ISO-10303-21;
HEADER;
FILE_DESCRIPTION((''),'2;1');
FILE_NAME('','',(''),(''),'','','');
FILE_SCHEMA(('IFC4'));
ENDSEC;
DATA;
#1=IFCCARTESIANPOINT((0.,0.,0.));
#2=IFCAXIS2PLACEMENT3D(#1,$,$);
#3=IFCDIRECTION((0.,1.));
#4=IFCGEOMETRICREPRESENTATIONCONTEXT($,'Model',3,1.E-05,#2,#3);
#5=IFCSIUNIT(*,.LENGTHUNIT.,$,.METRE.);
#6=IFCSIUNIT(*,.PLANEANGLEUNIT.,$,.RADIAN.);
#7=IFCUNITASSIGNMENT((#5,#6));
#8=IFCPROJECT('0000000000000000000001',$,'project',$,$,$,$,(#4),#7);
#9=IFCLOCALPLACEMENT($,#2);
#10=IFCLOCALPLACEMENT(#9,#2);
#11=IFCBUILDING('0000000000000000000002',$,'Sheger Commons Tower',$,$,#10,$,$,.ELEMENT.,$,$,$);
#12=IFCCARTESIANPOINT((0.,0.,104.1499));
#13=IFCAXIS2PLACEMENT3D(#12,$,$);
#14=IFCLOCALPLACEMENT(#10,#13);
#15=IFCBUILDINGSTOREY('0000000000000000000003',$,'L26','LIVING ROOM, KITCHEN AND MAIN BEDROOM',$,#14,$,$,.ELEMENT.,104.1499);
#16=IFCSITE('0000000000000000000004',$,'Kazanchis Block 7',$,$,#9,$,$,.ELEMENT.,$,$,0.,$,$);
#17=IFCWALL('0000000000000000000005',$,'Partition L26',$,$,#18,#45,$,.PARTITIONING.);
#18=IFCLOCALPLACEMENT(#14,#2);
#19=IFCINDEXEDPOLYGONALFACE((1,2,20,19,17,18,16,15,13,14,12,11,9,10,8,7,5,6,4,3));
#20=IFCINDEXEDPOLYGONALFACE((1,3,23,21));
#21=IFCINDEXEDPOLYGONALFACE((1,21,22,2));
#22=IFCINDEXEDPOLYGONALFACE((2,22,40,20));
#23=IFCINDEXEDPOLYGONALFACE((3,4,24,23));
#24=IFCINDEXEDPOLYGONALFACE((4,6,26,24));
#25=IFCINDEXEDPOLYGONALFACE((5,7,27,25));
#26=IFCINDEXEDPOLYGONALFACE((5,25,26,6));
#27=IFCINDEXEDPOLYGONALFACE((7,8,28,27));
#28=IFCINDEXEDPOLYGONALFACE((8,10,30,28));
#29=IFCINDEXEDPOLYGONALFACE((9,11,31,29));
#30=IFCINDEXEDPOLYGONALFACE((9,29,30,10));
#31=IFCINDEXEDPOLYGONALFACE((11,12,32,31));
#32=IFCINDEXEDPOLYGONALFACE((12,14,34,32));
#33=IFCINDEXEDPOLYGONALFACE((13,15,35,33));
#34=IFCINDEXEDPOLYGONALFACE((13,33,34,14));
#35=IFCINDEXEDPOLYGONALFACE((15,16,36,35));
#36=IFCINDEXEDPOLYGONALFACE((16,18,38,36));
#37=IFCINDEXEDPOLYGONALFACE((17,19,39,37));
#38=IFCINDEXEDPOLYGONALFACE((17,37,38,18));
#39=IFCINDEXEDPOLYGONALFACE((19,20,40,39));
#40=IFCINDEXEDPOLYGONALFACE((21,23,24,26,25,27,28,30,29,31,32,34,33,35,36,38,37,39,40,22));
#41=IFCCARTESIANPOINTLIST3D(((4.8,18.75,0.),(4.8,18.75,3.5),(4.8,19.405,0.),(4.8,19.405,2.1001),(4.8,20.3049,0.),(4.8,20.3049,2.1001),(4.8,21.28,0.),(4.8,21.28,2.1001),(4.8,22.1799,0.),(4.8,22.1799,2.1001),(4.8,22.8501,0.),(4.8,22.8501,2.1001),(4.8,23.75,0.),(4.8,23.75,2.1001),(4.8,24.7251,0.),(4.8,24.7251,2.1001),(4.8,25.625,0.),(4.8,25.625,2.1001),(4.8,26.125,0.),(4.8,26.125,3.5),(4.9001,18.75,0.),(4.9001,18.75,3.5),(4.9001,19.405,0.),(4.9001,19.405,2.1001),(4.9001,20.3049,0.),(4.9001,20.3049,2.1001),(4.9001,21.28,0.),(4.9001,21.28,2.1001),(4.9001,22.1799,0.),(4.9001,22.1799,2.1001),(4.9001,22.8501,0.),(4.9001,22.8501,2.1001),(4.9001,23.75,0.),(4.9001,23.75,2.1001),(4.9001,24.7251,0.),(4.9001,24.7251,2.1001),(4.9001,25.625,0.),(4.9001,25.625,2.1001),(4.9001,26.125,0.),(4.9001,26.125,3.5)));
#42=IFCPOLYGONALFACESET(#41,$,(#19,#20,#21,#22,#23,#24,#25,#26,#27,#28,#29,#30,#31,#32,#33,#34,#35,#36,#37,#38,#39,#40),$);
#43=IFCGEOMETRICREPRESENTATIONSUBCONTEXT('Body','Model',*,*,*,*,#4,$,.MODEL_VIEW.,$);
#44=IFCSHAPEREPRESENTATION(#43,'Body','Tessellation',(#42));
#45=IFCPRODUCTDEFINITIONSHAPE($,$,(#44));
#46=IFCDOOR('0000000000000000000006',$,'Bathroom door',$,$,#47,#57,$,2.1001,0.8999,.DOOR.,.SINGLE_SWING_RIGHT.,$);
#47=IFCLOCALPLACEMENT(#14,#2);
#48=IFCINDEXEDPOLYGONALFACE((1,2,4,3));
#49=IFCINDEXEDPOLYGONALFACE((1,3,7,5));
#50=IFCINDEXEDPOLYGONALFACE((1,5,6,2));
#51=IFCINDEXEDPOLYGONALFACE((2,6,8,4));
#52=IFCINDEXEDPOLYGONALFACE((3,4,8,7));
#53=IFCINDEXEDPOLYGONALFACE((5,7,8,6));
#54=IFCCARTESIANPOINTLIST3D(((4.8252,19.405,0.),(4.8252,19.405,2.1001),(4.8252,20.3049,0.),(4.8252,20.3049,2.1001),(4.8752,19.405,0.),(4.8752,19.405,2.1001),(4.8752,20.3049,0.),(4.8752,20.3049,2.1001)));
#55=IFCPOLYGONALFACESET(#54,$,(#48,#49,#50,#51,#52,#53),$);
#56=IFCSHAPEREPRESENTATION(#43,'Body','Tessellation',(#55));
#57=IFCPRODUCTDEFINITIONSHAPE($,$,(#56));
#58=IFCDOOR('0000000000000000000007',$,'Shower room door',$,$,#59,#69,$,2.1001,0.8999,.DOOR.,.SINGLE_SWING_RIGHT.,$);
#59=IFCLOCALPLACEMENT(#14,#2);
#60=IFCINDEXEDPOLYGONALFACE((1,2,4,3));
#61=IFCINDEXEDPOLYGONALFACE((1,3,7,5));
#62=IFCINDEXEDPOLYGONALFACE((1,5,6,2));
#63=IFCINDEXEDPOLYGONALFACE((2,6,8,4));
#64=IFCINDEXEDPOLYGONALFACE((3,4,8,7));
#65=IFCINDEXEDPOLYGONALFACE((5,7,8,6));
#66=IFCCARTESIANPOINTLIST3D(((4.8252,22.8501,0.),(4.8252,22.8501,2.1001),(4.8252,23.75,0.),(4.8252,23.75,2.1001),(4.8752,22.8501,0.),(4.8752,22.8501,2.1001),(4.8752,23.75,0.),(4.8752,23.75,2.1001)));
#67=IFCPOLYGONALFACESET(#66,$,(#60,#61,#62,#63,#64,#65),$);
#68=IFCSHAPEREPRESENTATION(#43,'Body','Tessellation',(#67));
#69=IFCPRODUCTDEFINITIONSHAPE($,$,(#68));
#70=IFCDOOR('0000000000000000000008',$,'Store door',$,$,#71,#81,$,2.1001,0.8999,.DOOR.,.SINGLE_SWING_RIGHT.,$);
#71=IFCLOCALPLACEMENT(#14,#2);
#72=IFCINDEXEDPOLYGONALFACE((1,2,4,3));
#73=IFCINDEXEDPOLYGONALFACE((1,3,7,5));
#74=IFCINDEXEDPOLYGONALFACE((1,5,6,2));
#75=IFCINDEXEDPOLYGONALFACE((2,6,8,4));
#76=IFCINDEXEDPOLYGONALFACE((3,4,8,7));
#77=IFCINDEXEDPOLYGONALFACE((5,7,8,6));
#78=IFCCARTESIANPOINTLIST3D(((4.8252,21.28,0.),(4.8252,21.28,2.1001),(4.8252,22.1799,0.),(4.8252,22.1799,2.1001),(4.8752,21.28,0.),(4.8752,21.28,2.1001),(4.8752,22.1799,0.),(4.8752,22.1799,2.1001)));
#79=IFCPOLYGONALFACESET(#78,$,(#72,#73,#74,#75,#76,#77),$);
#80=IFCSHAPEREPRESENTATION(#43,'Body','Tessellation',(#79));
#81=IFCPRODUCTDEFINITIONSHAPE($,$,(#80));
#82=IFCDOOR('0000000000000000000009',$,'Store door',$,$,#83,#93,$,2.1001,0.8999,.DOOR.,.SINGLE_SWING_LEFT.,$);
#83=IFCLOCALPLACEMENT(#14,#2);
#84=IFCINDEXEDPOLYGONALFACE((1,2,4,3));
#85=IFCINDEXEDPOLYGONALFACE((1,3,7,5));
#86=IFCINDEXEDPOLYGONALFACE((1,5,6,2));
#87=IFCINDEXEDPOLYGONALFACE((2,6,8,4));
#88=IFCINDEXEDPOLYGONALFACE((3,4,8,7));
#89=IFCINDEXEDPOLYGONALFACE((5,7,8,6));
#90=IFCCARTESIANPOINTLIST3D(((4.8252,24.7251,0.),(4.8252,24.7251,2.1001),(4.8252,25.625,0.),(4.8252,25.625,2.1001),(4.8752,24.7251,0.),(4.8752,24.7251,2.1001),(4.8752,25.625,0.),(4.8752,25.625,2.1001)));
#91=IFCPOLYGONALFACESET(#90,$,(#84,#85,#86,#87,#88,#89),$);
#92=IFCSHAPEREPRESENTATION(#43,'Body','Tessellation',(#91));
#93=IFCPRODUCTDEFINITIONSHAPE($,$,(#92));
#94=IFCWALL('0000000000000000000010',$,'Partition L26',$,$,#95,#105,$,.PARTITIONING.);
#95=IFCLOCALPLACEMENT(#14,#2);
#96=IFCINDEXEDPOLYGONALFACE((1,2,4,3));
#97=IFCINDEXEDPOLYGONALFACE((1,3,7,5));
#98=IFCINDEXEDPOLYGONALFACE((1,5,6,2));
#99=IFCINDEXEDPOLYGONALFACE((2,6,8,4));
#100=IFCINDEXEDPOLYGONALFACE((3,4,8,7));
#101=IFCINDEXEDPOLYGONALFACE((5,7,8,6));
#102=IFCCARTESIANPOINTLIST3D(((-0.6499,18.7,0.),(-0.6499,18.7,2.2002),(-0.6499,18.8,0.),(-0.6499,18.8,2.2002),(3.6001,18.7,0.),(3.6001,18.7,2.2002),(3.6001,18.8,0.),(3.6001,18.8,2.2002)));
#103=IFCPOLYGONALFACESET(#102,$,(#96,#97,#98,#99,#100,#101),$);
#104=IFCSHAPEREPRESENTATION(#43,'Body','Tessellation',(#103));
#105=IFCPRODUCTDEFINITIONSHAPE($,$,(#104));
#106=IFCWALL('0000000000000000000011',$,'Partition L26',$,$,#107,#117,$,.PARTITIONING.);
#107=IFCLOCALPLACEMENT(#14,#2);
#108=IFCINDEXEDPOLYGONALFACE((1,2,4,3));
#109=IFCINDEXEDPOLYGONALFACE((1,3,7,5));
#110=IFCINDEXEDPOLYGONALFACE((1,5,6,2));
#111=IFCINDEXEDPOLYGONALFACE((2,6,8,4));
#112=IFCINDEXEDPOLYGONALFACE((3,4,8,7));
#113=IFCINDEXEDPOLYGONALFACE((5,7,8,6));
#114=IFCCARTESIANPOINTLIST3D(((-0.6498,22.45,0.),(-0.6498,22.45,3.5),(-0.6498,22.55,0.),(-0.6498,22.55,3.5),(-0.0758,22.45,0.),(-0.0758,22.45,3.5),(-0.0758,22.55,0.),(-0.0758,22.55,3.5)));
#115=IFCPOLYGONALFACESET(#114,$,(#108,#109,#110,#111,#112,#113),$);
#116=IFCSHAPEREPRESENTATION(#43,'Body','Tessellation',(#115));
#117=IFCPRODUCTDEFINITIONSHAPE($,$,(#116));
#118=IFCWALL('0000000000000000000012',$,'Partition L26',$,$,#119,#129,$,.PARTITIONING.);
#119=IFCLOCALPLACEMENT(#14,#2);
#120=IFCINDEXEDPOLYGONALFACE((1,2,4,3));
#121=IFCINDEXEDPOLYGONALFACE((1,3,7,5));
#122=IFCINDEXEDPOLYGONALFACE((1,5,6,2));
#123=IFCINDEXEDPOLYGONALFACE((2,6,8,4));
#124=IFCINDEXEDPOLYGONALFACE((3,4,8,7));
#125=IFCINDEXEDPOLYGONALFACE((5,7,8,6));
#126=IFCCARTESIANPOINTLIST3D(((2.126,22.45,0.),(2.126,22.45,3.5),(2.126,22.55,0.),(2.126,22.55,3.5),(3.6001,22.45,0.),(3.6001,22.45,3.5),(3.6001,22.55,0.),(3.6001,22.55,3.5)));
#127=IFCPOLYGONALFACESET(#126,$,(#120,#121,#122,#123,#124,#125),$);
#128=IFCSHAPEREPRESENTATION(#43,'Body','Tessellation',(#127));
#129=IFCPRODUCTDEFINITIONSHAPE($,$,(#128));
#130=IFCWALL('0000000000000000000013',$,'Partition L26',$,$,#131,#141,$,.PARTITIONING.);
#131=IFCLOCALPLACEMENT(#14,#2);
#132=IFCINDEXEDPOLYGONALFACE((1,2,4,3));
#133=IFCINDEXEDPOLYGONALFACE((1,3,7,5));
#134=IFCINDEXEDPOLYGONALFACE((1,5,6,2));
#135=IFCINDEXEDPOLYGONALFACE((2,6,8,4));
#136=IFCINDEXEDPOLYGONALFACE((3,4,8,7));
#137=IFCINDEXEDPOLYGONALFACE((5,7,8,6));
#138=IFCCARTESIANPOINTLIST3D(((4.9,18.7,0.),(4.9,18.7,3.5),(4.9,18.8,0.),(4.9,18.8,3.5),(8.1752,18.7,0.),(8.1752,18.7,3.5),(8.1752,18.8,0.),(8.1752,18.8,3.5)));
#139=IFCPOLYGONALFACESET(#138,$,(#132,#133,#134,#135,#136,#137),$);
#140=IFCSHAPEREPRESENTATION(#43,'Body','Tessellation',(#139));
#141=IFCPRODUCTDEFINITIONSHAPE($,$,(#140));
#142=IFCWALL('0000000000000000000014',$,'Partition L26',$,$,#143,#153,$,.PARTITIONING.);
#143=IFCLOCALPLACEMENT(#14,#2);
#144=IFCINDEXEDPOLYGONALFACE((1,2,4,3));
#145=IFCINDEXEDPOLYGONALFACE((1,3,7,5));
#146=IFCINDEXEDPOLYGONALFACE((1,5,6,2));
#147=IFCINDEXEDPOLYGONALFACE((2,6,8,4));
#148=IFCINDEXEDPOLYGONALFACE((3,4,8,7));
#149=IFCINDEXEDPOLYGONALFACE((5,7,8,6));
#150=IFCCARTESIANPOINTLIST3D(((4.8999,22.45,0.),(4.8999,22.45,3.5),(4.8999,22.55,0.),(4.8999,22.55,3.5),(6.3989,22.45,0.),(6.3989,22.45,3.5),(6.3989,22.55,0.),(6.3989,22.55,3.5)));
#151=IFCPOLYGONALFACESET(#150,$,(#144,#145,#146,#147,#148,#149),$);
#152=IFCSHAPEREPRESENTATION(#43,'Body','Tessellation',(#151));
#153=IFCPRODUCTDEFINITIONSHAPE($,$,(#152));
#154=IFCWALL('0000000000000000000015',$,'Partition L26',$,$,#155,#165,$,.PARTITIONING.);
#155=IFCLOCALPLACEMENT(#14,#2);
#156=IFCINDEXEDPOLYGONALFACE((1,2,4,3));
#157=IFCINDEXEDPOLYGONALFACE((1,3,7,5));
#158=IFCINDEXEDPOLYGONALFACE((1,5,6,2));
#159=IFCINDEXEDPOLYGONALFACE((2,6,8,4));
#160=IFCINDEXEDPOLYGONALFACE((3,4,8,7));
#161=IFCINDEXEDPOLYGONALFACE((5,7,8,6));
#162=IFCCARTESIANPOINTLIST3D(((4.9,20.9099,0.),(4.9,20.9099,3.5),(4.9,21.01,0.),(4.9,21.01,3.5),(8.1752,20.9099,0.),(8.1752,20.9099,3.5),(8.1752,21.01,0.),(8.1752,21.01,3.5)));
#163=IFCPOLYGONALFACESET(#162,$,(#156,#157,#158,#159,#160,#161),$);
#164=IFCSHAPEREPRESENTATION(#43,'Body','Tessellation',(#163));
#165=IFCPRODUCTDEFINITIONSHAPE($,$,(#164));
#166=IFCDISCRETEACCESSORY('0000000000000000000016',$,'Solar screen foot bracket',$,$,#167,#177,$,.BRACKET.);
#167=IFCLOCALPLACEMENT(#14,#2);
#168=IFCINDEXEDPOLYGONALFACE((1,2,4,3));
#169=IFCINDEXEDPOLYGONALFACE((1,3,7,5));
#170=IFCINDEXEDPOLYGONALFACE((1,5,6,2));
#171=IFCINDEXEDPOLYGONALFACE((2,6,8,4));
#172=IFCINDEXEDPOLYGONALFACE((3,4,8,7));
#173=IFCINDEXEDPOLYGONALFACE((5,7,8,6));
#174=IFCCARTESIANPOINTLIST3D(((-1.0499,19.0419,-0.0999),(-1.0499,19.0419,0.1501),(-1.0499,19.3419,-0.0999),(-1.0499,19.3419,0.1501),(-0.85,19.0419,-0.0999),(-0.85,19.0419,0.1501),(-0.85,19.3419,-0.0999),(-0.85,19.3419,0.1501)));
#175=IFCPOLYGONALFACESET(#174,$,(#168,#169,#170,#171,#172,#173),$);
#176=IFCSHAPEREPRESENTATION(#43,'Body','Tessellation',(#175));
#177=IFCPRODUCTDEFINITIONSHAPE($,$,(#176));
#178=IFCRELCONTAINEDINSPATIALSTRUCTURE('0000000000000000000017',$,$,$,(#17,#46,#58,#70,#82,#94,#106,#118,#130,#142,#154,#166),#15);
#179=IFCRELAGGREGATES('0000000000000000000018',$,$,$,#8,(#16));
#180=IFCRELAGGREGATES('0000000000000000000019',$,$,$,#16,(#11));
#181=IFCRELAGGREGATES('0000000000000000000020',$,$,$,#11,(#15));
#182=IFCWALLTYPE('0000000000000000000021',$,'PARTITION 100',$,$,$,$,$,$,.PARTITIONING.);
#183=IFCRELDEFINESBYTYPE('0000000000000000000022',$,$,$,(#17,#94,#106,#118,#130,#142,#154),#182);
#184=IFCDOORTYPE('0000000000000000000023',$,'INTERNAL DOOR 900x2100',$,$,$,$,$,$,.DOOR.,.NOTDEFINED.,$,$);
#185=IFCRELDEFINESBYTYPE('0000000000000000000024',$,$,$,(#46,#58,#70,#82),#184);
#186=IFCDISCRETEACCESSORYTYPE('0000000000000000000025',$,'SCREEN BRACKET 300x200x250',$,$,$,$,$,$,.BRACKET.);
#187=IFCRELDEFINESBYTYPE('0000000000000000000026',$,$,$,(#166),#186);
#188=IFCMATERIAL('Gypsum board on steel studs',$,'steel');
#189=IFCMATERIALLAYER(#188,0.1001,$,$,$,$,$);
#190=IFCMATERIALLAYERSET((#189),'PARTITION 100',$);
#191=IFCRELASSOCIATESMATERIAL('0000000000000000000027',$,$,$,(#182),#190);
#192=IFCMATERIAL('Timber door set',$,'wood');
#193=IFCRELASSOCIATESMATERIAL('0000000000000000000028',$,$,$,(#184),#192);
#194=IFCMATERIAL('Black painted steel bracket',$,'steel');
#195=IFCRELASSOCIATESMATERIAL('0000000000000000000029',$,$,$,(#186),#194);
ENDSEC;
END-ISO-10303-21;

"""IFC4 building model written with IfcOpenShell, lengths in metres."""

from ifc_helpers import new_model, si_unit, direction, frame, frame_2d, origin, origin_2d, place, context, subcontext, project, spatial, rectangle, extrude, material, layer, layer_set, type_object, element, fill, save


model = new_model("IFC4")

# Units and contexts
model_context = context("Model", 3, precision=1e-05, world=origin(), true_north=direction((0.0, 1.0)))
body_context = subcontext(model_context, "Body", "Model", "MODEL_VIEW")
ifc_project = project(units=[si_unit("LENGTHUNIT", "METRE"), si_unit("PLANEANGLEUNIT", "RADIAN")], contexts=[model_context])

# Site, building, storey
site_placement = place(None, origin())
site = spatial("IfcSite", under=ifc_project, at=site_placement, Name="Kazanchis Block 7", CompositionType="ELEMENT", RefElevation=0.0)
building_placement = place(site_placement, origin())
building = spatial("IfcBuilding", under=site, at=building_placement, Name="Sheger Commons Tower", CompositionType="ELEMENT")
storey_placement = place(building_placement, frame((0.0, 0.0, 104.1499)))
storey = spatial("IfcBuildingStorey", under=building, at=storey_placement, Name="L26", Description="LIVING ROOM, KITCHEN AND MAIN BEDROOM", CompositionType="ELEMENT", Elevation=104.1499)

# Wall, openings, doors
ifc_material_1 = material(Name="Gypsum board on steel studs", Category="steel")
ifc_layer_1 = layer(ifc_material_1, 0.1001)
ifc_layer_set_1 = layer_set([ifc_layer_1], Name="PARTITION 100")
wall_type = type_object("IfcWallType", Name="PARTITION 100", PredefinedType="PARTITIONING", material=ifc_layer_set_1)
ifc_material_2 = material(Name="Timber door set", Category="wood")
door_type = type_object("IfcDoorType", Name="INTERNAL DOOR 900x2100", OperationType="NOTDEFINED", PredefinedType="DOOR", material=ifc_material_2)
wall_1_placement = place(storey_placement, frame((4.8501, 18.75, 0.0), z_axis=(0.0, 0.0, 1.0), x_axis=(0.0, 1.0, 0.0)))
wall_1 = element("IfcWall", 1, at=wall_1_placement, inside=storey, type_object=wall_type, Name="Partition L26", PredefinedType="PARTITIONING", context=body_context, shape_type="SweptSolid", body=[
    extrude(rectangle(XDim=7.375, YDim=0.1001, at=frame_2d((3.6875, 0.0))), origin(), (0.0, 0.0, 1.0), 3.5),
])
opening_1_placement = place(wall_1_placement, frame((0.655, 0.0, 0.0)))
opening_1 = element("IfcOpeningElement", 2, at=opening_1_placement, cuts=wall_1, PredefinedType="OPENING", context=body_context, shape_type="SweptSolid", body=[
    extrude(rectangle(XDim=0.8999, YDim=2.1001, at=frame_2d((0.45, 1.05))), frame((0.0, 0.0601, 0.0), z_axis=(0.0, -1.0, 0.0), x_axis=(1.0, 0.0, 0.0)), (0.0, 0.0, 1.0), 0.1201),
])
opening_2_placement = place(wall_1_placement, frame((4.1001, 0.0, 0.0)))
opening_2 = element("IfcOpeningElement", 3, at=opening_2_placement, cuts=wall_1, PredefinedType="OPENING", context=body_context, shape_type="SweptSolid", body=[
    extrude(rectangle(XDim=0.8999, YDim=2.1001, at=frame_2d((0.45, 1.05))), frame((0.0, 0.0601, 0.0), z_axis=(0.0, -1.0, 0.0), x_axis=(1.0, 0.0, 0.0)), (0.0, 0.0, 1.0), 0.1201),
])
opening_3_placement = place(wall_1_placement, frame((2.53, 0.0, 0.0)))
opening_3 = element("IfcOpeningElement", 4, at=opening_3_placement, cuts=wall_1, PredefinedType="OPENING", context=body_context, shape_type="SweptSolid", body=[
    extrude(rectangle(XDim=0.8999, YDim=2.1001, at=frame_2d((0.45, 1.05))), frame((0.0, 0.0601, 0.0), z_axis=(0.0, -1.0, 0.0), x_axis=(1.0, 0.0, 0.0)), (0.0, 0.0, 1.0), 0.1201),
])
opening_4_placement = place(wall_1_placement, frame((5.9751, 0.0, 0.0)))
opening_4 = element("IfcOpeningElement", 5, at=opening_4_placement, cuts=wall_1, PredefinedType="OPENING", context=body_context, shape_type="SweptSolid", body=[
    extrude(rectangle(XDim=0.8999, YDim=2.1001, at=frame_2d((0.45, 1.05))), frame((0.0, 0.0601, 0.0), z_axis=(0.0, -1.0, 0.0), x_axis=(1.0, 0.0, 0.0)), (0.0, 0.0, 1.0), 0.1201),
])
door_1_placement = place(opening_1_placement, origin())
door_1 = element("IfcDoor", 6, at=door_1_placement, inside=storey, type_object=door_type, Name="Bathroom door", OperationType="SINGLE_SWING_RIGHT", OverallHeight=2.1001, OverallWidth=0.8999, PredefinedType="DOOR", context=body_context, shape_type="SweptSolid", body=[
    extrude(rectangle(XDim=0.8999, YDim=2.1001, at=frame_2d((0.45, 1.05))), frame((0.0, 0.0249, 0.0), z_axis=(0.0, -1.0, 0.0), x_axis=(1.0, 0.0, 0.0)), (0.0, 0.0, 1.0), 0.05),
])
fill(opening_1, door_1)
door_2_placement = place(opening_2_placement, origin())
door_2 = element("IfcDoor", 7, at=door_2_placement, inside=storey, type_object=door_type, Name="Shower room door", OperationType="SINGLE_SWING_RIGHT", OverallHeight=2.1001, OverallWidth=0.8999, PredefinedType="DOOR", context=body_context, shape_type="SweptSolid", body=[
    extrude(rectangle(XDim=0.8999, YDim=2.1001, at=frame_2d((0.45, 1.05))), frame((0.0, 0.0249, 0.0), z_axis=(0.0, -1.0, 0.0), x_axis=(1.0, 0.0, 0.0)), (0.0, 0.0, 1.0), 0.05),
])
fill(opening_2, door_2)
door_3_placement = place(opening_3_placement, origin())
door_3 = element("IfcDoor", 8, at=door_3_placement, inside=storey, type_object=door_type, Name="Store door", OperationType="SINGLE_SWING_RIGHT", OverallHeight=2.1001, OverallWidth=0.8999, PredefinedType="DOOR", context=body_context, shape_type="SweptSolid", body=[
    extrude(rectangle(XDim=0.8999, YDim=2.1001, at=frame_2d((0.45, 1.05))), frame((0.0, 0.0249, 0.0), z_axis=(0.0, -1.0, 0.0), x_axis=(1.0, 0.0, 0.0)), (0.0, 0.0, 1.0), 0.05),
])
fill(opening_3, door_3)
door_4_placement = place(opening_4_placement, origin())
door_4 = element("IfcDoor", 9, at=door_4_placement, inside=storey, type_object=door_type, Name="Store door", OperationType="SINGLE_SWING_LEFT", OverallHeight=2.1001, OverallWidth=0.8999, PredefinedType="DOOR", context=body_context, shape_type="SweptSolid", body=[
    extrude(rectangle(XDim=0.8999, YDim=2.1001, at=frame_2d((0.45, 1.05))), frame((0.0, 0.0249, 0.0), z_axis=(0.0, -1.0, 0.0), x_axis=(1.0, 0.0, 0.0)), (0.0, 0.0, 1.0), 0.05),
])
fill(opening_4, door_4)

# Walls
wall_2_placement = place(storey_placement, frame((-0.6499, 18.75, 0.0), z_axis=(0.0, 0.0, 1.0), x_axis=(1.0, 0.0, 0.0)))
element("IfcWall", 10, at=wall_2_placement, inside=storey, type_object=wall_type, Name="Partition L26", PredefinedType="PARTITIONING", context=body_context, shape_type="SweptSolid", body=[
    extrude(rectangle(XDim=4.25, YDim=0.1001, at=frame_2d((2.125, 0.0))), origin(), (0.0, 0.0, 1.0), 2.2002),
])
wall_3_placement = place(storey_placement, frame((-0.6499, 22.5, 0.0), z_axis=(0.0, 0.0, 1.0), x_axis=(1.0, 0.0, 0.0)))
element("IfcWall", 11, at=wall_3_placement, inside=storey, type_object=wall_type, Name="Partition L26", PredefinedType="PARTITIONING", context=body_context, shape_type="SweptSolid", body=[
    extrude(rectangle(XDim=0.574, YDim=0.1001, at=frame_2d((0.2871, 0.0))), origin(), (0.0, 0.0, 1.0), 3.5),
])
wall_4_placement = place(storey_placement, frame((2.126, 22.5, 0.0), z_axis=(0.0, 0.0, 1.0), x_axis=(1.0, 0.0, 0.0)))
element("IfcWall", 12, at=wall_4_placement, inside=storey, type_object=wall_type, Name="Partition L26", PredefinedType="PARTITIONING", context=body_context, shape_type="SweptSolid", body=[
    extrude(rectangle(XDim=1.4741, YDim=0.1001, at=frame_2d((0.7371, 0.0))), origin(), (0.0, 0.0, 1.0), 3.5),
])
wall_5_placement = place(storey_placement, frame((4.8999, 18.75, 0.0), z_axis=(0.0, 0.0, 1.0), x_axis=(1.0, 0.0, 0.0)))
element("IfcWall", 13, at=wall_5_placement, inside=storey, type_object=wall_type, Name="Partition L26", PredefinedType="PARTITIONING", context=body_context, shape_type="SweptSolid", body=[
    extrude(rectangle(XDim=3.2751, YDim=0.1001, at=frame_2d((1.6377, 0.0))), origin(), (0.0, 0.0, 1.0), 3.5),
])
wall_6_placement = place(storey_placement, frame((4.8999, 22.5, 0.0), z_axis=(0.0, 0.0, 1.0), x_axis=(1.0, 0.0, 0.0)))
element("IfcWall", 14, at=wall_6_placement, inside=storey, type_object=wall_type, Name="Partition L26", PredefinedType="PARTITIONING", context=body_context, shape_type="SweptSolid", body=[
    extrude(rectangle(XDim=1.499, YDim=0.1001, at=frame_2d((0.7495, 0.0))), origin(), (0.0, 0.0, 1.0), 3.5),
])
wall_7_placement = place(storey_placement, frame((4.8999, 20.96, 0.0), z_axis=(0.0, 0.0, 1.0), x_axis=(1.0, 0.0, 0.0)))
element("IfcWall", 15, at=wall_7_placement, inside=storey, type_object=wall_type, Name="Partition L26", PredefinedType="PARTITIONING", context=body_context, shape_type="SweptSolid", body=[
    extrude(rectangle(XDim=3.2751, YDim=0.1001, at=frame_2d((1.6377, 0.0))), origin(), (0.0, 0.0, 1.0), 3.5),
])

# Discrete accessory
ifc_material_3 = material(Name="Black painted steel bracket", Category="steel")
discrete_accessory_type = type_object("IfcDiscreteAccessoryType", Name="SCREEN BRACKET 300x200x250", PredefinedType="BRACKET", material=ifc_material_3)
for number, where, z_axis, x_axis, name in (
    (16, (-0.95, 19.1919, -0.0999), (0.0, 0.0, 1.0), (0.0, -1.0, 0.0), "Solar screen foot bracket"),
):
    element("IfcDiscreteAccessory", number, at=place(storey_placement, frame(where, z_axis=z_axis, x_axis=x_axis)), inside=storey, type_object=discrete_accessory_type, Name=name, PredefinedType="BRACKET", context=body_context, shape_type="SweptSolid", body=[
        extrude(rectangle(XDim=0.3, YDim=0.2, at=origin_2d()), origin(), (0.0, 0.0, 1.0), 0.25),
    ])

save(model, "model.ifc")
